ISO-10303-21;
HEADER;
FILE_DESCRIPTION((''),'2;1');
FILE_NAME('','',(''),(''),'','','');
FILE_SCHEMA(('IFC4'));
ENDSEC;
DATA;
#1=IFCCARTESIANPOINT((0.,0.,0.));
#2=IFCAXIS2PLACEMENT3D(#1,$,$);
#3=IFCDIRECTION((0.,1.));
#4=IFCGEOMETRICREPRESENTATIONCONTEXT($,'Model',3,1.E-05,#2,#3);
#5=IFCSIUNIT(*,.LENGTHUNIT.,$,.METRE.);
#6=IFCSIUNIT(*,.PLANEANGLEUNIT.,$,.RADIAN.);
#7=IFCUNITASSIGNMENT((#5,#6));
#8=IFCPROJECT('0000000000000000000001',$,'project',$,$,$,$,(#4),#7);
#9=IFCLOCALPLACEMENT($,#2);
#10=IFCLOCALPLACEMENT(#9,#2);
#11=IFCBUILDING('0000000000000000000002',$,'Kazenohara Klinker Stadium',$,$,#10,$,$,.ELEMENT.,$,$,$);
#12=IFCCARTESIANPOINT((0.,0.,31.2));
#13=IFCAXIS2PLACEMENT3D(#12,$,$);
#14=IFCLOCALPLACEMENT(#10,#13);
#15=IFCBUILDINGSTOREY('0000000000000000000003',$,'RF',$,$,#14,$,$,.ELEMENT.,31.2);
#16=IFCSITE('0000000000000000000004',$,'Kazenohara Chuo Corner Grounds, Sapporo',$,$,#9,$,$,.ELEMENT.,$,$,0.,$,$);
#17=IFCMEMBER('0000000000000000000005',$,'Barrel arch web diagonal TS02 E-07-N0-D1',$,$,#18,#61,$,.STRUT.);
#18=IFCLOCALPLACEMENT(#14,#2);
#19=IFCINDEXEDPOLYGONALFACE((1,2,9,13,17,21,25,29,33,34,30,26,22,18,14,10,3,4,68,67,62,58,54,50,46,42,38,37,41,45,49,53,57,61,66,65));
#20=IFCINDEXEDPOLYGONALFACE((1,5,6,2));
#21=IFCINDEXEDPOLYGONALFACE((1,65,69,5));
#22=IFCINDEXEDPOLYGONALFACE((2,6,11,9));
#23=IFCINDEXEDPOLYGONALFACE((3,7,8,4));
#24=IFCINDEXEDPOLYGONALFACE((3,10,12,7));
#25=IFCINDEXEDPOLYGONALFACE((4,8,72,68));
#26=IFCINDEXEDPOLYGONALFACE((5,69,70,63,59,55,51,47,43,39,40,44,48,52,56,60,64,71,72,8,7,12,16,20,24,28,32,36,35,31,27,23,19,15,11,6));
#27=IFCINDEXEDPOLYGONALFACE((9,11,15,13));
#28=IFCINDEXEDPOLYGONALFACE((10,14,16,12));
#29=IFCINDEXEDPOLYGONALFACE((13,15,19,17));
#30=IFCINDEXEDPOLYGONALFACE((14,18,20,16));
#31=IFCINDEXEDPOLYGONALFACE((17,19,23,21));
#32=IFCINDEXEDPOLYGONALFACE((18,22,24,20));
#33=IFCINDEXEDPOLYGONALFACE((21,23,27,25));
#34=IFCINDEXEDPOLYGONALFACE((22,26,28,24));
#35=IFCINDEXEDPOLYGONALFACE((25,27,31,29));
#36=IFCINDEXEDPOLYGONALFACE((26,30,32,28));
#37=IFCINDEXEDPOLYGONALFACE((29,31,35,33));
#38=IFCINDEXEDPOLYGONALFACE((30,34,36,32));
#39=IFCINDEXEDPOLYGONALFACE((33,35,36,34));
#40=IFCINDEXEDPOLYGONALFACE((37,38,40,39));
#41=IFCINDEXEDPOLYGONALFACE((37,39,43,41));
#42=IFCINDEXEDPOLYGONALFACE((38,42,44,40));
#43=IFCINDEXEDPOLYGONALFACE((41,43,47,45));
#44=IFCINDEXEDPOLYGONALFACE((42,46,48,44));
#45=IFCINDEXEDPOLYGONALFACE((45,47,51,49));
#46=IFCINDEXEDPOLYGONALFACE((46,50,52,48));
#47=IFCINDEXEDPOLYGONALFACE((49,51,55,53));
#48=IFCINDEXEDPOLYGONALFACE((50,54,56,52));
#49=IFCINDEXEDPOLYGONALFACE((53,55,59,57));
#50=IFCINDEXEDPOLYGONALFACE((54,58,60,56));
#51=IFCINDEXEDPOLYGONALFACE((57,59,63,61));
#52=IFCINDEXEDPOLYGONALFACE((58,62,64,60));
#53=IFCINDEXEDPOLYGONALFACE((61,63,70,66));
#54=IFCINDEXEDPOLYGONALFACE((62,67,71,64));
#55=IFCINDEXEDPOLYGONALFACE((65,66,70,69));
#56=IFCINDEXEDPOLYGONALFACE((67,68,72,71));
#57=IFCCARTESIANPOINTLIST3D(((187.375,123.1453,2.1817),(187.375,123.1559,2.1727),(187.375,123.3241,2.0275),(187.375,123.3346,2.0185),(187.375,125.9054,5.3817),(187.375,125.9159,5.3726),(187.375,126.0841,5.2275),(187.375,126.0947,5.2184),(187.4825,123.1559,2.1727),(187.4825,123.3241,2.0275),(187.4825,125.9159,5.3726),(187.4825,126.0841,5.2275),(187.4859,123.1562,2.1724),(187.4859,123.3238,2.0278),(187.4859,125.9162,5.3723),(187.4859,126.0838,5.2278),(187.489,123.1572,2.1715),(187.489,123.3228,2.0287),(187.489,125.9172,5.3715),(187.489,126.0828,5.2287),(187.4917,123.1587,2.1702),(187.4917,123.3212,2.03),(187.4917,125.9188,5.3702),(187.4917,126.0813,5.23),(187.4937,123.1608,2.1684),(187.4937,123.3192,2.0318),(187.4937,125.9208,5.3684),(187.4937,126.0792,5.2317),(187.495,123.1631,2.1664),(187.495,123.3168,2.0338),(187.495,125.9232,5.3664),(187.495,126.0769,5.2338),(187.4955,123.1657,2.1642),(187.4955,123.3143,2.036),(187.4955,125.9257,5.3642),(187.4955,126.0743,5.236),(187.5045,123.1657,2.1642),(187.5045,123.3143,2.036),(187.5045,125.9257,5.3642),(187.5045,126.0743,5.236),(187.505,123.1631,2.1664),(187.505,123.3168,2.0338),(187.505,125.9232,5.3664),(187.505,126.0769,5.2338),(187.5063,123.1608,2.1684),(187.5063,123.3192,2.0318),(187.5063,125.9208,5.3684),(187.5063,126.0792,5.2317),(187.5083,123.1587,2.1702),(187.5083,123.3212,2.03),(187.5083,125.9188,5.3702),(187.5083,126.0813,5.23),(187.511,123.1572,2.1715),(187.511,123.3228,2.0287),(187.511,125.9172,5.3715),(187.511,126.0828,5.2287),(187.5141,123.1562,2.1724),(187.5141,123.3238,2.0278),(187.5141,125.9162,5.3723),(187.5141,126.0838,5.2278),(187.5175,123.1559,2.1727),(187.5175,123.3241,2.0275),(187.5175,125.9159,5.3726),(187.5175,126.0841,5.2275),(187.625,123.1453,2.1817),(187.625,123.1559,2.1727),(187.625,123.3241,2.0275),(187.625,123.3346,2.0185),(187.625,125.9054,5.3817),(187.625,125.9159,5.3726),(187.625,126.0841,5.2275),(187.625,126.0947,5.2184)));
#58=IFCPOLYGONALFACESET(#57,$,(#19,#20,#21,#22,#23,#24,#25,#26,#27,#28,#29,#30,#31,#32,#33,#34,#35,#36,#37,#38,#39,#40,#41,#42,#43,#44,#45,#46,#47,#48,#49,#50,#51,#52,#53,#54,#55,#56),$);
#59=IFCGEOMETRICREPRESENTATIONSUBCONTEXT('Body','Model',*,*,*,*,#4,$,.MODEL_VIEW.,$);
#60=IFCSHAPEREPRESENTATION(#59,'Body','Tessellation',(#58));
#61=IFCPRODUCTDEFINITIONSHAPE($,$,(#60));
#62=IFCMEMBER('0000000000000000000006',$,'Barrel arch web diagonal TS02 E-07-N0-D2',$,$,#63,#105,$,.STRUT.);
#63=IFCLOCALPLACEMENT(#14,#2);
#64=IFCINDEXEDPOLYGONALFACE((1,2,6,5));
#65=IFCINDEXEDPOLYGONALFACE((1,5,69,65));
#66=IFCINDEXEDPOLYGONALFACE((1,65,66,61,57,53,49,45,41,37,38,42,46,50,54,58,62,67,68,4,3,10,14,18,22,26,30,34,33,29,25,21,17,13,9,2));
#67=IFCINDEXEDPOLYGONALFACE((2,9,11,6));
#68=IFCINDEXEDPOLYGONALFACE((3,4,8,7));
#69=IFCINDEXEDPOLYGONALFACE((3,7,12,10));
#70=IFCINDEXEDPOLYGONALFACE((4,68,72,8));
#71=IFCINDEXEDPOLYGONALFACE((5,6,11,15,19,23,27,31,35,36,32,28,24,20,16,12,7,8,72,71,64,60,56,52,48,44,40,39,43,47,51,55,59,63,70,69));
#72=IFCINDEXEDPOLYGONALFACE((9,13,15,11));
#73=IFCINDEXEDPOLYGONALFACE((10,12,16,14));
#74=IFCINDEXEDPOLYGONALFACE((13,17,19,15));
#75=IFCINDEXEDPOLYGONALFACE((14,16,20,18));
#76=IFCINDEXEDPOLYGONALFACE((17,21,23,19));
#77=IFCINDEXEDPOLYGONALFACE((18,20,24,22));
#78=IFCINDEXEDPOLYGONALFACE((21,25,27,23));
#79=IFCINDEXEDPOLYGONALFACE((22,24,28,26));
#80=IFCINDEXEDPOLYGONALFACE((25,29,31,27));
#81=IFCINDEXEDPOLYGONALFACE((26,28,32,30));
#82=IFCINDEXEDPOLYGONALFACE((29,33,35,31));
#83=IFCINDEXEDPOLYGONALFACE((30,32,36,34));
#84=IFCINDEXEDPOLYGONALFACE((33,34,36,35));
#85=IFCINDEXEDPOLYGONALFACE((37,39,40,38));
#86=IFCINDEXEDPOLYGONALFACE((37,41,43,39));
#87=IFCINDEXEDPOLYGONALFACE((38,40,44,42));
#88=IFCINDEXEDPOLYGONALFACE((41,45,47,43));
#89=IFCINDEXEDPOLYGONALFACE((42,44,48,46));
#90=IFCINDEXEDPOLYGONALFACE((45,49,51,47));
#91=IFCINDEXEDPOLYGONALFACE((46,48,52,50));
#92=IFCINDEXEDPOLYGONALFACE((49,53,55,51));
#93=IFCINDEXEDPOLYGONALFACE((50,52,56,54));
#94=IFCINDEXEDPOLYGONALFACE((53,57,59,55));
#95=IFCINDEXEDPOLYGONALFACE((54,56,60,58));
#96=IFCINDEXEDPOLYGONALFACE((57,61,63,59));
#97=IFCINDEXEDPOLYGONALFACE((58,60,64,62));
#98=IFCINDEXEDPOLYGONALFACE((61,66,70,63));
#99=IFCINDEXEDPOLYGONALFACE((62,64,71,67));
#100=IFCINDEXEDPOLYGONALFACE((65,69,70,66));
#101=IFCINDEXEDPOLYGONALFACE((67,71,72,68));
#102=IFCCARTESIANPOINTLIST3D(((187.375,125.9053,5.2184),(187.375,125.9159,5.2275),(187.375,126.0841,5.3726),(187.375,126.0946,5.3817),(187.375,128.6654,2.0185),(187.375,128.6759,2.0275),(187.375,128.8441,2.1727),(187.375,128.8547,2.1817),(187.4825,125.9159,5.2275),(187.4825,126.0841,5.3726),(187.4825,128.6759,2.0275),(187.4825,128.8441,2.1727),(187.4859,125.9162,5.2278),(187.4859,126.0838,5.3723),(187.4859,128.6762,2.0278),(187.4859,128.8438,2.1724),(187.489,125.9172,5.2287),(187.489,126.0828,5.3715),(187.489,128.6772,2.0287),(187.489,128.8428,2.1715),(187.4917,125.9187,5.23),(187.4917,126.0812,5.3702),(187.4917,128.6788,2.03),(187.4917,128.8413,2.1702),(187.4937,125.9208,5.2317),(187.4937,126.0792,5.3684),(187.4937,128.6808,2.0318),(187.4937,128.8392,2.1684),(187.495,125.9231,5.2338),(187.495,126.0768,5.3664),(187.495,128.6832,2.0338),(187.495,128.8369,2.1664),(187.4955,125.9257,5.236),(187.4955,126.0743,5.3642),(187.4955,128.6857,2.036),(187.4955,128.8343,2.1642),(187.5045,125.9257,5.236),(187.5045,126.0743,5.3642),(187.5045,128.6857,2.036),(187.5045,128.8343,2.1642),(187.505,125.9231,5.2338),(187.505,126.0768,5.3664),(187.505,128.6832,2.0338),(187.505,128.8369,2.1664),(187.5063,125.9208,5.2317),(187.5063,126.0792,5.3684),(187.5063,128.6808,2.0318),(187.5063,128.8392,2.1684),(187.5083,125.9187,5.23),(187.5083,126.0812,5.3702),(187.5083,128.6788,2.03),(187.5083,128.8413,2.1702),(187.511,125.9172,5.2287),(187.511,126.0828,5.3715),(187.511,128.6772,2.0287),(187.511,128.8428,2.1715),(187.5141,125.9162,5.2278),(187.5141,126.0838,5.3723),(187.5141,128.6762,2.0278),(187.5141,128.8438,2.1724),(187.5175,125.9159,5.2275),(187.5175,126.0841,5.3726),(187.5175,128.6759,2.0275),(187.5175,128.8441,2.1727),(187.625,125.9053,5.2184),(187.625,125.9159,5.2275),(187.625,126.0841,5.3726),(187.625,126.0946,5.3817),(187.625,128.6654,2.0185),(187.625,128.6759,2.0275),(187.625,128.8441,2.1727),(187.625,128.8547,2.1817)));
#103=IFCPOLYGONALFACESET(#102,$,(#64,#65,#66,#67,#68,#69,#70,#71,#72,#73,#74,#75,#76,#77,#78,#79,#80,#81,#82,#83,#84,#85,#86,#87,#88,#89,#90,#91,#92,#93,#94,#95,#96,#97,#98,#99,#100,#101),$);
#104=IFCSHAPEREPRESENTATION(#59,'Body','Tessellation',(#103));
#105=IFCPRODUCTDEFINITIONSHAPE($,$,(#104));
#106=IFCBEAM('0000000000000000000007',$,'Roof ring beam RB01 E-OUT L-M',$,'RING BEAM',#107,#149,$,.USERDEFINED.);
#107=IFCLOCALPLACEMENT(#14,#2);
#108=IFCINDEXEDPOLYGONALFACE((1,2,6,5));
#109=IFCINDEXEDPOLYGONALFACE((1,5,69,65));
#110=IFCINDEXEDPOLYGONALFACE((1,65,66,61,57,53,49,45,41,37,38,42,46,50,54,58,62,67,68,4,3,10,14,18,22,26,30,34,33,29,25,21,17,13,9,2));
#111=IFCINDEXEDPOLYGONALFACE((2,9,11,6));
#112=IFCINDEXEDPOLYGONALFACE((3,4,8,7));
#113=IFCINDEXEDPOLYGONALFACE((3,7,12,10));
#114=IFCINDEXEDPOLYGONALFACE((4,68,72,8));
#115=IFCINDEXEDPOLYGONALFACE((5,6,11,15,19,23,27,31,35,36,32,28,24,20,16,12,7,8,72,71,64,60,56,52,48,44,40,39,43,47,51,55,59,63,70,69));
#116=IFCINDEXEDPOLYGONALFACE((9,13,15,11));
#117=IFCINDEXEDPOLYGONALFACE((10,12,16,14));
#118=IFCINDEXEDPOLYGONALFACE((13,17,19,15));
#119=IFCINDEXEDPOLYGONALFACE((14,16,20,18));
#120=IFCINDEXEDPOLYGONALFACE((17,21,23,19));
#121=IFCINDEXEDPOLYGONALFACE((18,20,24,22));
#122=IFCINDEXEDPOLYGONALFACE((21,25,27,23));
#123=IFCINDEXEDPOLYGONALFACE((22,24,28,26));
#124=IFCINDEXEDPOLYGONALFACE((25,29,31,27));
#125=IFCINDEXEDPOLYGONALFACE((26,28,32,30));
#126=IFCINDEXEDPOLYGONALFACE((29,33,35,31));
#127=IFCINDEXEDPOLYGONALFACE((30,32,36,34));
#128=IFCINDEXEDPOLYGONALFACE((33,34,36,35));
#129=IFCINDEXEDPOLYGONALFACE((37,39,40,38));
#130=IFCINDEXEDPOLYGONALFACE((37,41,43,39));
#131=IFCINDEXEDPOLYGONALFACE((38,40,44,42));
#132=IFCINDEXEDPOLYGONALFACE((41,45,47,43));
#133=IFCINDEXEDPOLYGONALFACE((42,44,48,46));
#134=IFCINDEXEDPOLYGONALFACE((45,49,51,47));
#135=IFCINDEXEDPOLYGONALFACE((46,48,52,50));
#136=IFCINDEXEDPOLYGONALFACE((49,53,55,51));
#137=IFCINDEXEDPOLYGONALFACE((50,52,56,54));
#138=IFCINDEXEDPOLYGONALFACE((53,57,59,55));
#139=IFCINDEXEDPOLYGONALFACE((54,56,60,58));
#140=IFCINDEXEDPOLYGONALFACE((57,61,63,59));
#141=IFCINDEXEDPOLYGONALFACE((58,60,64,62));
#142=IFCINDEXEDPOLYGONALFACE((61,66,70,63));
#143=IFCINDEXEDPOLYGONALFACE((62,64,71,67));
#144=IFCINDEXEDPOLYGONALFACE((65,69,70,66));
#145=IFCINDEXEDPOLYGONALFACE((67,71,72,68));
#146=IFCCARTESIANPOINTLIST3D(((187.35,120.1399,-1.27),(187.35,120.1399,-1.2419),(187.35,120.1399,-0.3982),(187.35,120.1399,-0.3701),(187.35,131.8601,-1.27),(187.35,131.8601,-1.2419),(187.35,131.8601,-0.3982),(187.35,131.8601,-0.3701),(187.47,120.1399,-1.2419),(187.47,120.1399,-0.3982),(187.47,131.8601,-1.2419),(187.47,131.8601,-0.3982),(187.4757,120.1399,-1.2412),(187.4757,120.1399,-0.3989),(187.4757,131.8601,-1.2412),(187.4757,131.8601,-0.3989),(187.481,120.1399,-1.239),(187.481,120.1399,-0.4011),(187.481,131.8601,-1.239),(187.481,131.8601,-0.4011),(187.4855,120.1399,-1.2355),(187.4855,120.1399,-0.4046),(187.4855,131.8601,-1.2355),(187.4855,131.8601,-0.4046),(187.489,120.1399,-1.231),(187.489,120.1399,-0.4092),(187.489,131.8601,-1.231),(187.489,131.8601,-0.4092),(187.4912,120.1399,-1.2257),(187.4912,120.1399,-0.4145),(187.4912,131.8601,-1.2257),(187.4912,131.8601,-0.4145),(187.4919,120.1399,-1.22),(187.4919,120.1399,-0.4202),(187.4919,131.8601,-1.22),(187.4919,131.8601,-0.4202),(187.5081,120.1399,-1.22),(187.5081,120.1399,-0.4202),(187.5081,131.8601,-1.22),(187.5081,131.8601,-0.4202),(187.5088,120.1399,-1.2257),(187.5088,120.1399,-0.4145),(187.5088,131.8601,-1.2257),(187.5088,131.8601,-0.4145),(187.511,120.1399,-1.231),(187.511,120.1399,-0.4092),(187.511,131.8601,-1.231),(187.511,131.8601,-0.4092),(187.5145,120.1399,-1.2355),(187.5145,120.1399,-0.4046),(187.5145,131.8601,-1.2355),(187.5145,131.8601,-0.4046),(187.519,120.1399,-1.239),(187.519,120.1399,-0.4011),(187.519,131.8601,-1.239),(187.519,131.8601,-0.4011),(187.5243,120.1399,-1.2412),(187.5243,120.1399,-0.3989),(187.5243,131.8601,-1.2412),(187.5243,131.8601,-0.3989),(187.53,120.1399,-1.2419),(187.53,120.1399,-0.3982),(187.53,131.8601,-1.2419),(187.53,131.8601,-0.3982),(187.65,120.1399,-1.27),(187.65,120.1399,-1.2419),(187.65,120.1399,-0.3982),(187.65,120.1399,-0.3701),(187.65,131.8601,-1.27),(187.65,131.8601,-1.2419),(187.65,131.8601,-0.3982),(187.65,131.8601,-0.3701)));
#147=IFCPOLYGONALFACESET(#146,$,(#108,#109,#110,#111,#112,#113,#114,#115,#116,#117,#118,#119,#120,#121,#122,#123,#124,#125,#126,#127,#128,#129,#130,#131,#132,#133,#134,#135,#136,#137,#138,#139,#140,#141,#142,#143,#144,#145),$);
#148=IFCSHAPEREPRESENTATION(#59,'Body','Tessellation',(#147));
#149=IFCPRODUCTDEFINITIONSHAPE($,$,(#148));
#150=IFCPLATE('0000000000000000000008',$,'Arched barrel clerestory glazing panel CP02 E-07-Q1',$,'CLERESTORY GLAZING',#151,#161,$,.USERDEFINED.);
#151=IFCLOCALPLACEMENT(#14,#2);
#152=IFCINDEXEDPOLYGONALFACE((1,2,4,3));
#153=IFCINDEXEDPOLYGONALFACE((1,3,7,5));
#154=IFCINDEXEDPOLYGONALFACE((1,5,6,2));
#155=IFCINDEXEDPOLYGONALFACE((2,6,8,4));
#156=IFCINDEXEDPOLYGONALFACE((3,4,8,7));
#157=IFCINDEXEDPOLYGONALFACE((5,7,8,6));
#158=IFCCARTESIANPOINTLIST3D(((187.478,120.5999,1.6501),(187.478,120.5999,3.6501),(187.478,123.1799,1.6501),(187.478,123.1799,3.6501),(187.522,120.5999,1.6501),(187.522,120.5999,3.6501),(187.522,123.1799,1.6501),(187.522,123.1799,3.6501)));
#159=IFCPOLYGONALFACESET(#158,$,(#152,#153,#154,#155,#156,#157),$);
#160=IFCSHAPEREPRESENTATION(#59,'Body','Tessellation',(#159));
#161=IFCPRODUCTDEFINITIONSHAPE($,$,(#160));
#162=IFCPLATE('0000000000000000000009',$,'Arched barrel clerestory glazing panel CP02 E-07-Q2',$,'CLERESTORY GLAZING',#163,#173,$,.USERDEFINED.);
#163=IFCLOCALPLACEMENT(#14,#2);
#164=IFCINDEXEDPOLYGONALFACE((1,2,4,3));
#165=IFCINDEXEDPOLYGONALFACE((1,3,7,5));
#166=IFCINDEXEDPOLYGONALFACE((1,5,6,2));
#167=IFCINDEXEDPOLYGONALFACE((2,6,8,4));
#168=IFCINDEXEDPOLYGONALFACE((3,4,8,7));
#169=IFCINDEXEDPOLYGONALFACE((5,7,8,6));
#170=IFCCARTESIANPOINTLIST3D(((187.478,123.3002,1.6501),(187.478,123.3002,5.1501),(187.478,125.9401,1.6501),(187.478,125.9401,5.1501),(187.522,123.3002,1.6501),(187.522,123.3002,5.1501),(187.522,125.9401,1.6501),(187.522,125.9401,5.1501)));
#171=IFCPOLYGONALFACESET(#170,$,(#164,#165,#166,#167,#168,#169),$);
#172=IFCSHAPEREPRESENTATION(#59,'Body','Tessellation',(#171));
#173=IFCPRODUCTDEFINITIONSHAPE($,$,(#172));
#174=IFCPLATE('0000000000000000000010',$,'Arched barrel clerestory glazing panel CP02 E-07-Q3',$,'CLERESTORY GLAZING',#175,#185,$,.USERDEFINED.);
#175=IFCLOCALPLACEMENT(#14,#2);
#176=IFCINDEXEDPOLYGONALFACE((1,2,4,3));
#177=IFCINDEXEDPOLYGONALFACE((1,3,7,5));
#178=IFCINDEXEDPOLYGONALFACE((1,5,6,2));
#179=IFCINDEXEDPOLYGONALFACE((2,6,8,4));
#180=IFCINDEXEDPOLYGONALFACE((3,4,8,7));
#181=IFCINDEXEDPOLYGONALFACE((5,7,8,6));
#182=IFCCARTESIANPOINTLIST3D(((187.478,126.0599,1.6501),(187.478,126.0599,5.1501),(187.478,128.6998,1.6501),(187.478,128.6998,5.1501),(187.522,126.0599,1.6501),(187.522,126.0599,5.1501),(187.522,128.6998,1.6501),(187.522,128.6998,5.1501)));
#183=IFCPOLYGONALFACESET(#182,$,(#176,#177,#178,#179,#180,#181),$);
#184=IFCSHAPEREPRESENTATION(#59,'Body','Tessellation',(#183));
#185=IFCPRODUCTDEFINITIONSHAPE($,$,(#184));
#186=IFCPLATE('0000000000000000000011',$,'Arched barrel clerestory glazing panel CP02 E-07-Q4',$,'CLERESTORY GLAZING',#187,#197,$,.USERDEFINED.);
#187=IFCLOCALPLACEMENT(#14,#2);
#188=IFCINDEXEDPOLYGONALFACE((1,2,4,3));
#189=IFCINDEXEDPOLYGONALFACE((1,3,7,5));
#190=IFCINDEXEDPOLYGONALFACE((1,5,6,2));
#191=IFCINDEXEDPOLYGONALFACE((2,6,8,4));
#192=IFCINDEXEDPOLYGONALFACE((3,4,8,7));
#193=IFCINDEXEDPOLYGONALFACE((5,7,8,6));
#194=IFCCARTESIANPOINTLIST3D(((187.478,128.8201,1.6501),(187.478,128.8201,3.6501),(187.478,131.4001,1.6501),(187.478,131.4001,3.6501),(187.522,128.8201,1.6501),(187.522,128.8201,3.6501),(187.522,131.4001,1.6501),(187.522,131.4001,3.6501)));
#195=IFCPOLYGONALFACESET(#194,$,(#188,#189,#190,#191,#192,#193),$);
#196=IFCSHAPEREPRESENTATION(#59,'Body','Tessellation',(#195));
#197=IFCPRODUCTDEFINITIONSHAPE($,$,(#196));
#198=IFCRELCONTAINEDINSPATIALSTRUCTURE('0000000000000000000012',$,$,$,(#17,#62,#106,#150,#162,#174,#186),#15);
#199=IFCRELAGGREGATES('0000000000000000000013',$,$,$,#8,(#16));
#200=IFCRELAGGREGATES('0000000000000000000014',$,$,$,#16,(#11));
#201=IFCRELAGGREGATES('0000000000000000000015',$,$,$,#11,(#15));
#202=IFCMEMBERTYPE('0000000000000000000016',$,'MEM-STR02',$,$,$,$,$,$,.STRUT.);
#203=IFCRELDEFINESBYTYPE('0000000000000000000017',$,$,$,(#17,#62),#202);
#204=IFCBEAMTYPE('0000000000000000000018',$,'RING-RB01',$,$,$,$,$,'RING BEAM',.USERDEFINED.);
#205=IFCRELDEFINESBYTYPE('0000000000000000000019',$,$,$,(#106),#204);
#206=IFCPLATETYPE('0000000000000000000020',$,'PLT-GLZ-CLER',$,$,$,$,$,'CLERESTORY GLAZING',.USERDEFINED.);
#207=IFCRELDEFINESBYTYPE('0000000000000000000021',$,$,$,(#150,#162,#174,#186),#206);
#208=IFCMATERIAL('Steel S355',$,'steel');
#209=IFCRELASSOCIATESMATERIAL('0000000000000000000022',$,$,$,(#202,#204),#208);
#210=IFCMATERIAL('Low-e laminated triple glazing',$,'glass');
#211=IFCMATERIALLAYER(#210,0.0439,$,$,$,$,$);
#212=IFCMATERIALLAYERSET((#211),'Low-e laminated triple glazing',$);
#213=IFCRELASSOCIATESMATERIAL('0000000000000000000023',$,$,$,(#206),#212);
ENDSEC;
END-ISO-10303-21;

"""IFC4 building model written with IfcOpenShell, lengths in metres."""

from ifc_helpers import new_model, si_unit, direction, frame, origin, origin_2d, place, context, subcontext, project, spatial, rectangle, i_section, extrude, material, layer, layer_set, material_profile, profile_set, type_object, element, save


model = new_model("IFC4")

# Units and contexts
model_context = context("Model", 3, precision=1e-05, world=origin(), true_north=direction((0.0, 1.0)))
body_context = subcontext(model_context, "Body", "Model", "MODEL_VIEW")
ifc_project = project(units=[si_unit("LENGTHUNIT", "METRE"), si_unit("PLANEANGLEUNIT", "RADIAN")], contexts=[model_context])

# Site, building, storey
site_placement = place(None, origin())
site = spatial("IfcSite", under=ifc_project, at=site_placement, Name="Kazenohara Chuo Corner Grounds, Sapporo", CompositionType="ELEMENT", RefElevation=0.0)
building_placement = place(site_placement, origin())
building = spatial("IfcBuilding", under=site, at=building_placement, Name="Kazenohara Klinker Stadium", CompositionType="ELEMENT")
storey_placement = place(building_placement, frame((0.0, 0.0, 31.2)))
storey = spatial("IfcBuildingStorey", under=building, at=storey_placement, Name="RF", CompositionType="ELEMENT", Elevation=31.2)

# Members
ifc_material_1 = material(Name="Steel S355", Category="steel")
ifc_material_profile_1 = material_profile(ifc_material_1, i_section(OverallWidth=0.25, OverallDepth=0.25, WebThickness=0.009, FlangeThickness=0.0139, FilletRadius=0.0129, at=origin_2d()), Name="H-250x250x9x14")
ifc_profile_set_1 = profile_set([ifc_material_profile_1], Name="Steel S355")
member_type_1 = type_object("IfcMemberType", Name="MEM-STR02", PredefinedType="STRUT", material=ifc_profile_set_1)
for number, where, z_axis, x_axis, name in (
    (1, (187.5, 123.24, 2.1001), (0.0, 0.653134, 0.757242), (-1.0, 0.0, 0.0), "Barrel arch web diagonal TS02 E-07-N0-D1"),
    (2, (187.5, 128.76, 2.1001), (0.0, -0.653134, 0.757242), (1.0, 0.0, 0.0), "Barrel arch web diagonal TS02 E-07-N0-D2"),
):
    element("IfcMember", number, at=place(storey_placement, frame(where, z_axis=z_axis, x_axis=x_axis)), inside=storey, type_object=member_type_1, Name=name, PredefinedType="STRUT", context=body_context, shape_type="SweptSolid", body=[
        extrude(i_section(OverallWidth=0.25, OverallDepth=0.25, WebThickness=0.009, FlangeThickness=0.0139, FilletRadius=0.0129, at=origin_2d()), origin(), (0.0, 0.0, 1.0), 4.2258),
    ])

# Beam
ifc_material_profile_2 = material_profile(ifc_material_1, i_section(OverallWidth=0.3, OverallDepth=0.8999, WebThickness=0.0161, FlangeThickness=0.0281, FilletRadius=0.022, at=origin_2d()), Name="H-900x300x16x28")
ifc_profile_set_2 = profile_set([ifc_material_profile_2], Name="Steel S355")
beam_type = type_object("IfcBeamType", Name="RING-RB01", ElementType="RING BEAM", PredefinedType="USERDEFINED", material=ifc_profile_set_2)
beam_placement = place(storey_placement, frame((187.5, 120.1399, -0.8201), z_axis=(0.0, 1.0, 0.0), x_axis=(-1.0, 0.0, 0.0)))
element("IfcBeam", 3, at=beam_placement, inside=storey, type_object=beam_type, Name="Roof ring beam RB01 E-OUT L-M", ObjectType="RING BEAM", PredefinedType="USERDEFINED", context=body_context, shape_type="SweptSolid", body=[
    extrude(i_section(OverallWidth=0.3, OverallDepth=0.8999, WebThickness=0.0161, FlangeThickness=0.0281, FilletRadius=0.022, at=origin_2d()), origin(), (0.0, 0.0, 1.0), 11.7202),
])

# Plates
ifc_material_2 = material(Name="Low-e laminated triple glazing", Category="glass")
ifc_layer_1 = layer(ifc_material_2, 0.0439)
ifc_layer_set_1 = layer_set([ifc_layer_1], Name="Low-e laminated triple glazing")
plate_type_1 = type_object("IfcPlateType", Name="PLT-GLZ-CLER", ElementType="CLERESTORY GLAZING", PredefinedType="USERDEFINED", material=ifc_layer_set_1)
plate_1_placement = place(storey_placement, frame((187.5, 121.8899, 1.6501), z_axis=(0.0, 0.0, 1.0), x_axis=(1.0, 0.0, 0.0)))
element("IfcPlate", 4, at=plate_1_placement, inside=storey, type_object=plate_type_1, Name="Arched barrel clerestory glazing panel CP02 E-07-Q1", ObjectType="CLERESTORY GLAZING", PredefinedType="USERDEFINED", context=body_context, shape_type="SweptSolid", body=[
    extrude(rectangle(XDim=0.0439, YDim=2.5801, at=origin_2d()), origin(), (0.0, 0.0, 1.0), 2.0),
])
for number, where, z_axis, x_axis, name in (
    (5, (187.5, 124.6201, 1.6501), (0.0, 0.0, 1.0), (1.0, 0.0, 0.0), "Arched barrel clerestory glazing panel CP02 E-07-Q2"),
    (6, (187.5, 127.3799, 1.6501), (0.0, 0.0, 1.0), (1.0, 0.0, 0.0), "Arched barrel clerestory glazing panel CP02 E-07-Q3"),
):
    element("IfcPlate", number, at=place(storey_placement, frame(where, z_axis=z_axis, x_axis=x_axis)), inside=storey, type_object=plate_type_1, Name=name, ObjectType="CLERESTORY GLAZING", PredefinedType="USERDEFINED", context=body_context, shape_type="SweptSolid", body=[
        extrude(rectangle(XDim=0.0439, YDim=2.6399, at=origin_2d()), origin(), (0.0, 0.0, 1.0), 3.5),
    ])
plate_2_placement = place(storey_placement, frame((187.5, 130.1101, 1.6501), z_axis=(0.0, 0.0, 1.0), x_axis=(1.0, 0.0, 0.0)))
element("IfcPlate", 7, at=plate_2_placement, inside=storey, type_object=plate_type_1, Name="Arched barrel clerestory glazing panel CP02 E-07-Q4", ObjectType="CLERESTORY GLAZING", PredefinedType="USERDEFINED", context=body_context, shape_type="SweptSolid", body=[
    extrude(rectangle(XDim=0.0439, YDim=2.5801, at=origin_2d()), origin(), (0.0, 0.0, 1.0), 2.0),
])

save(model, "model.ifc")
